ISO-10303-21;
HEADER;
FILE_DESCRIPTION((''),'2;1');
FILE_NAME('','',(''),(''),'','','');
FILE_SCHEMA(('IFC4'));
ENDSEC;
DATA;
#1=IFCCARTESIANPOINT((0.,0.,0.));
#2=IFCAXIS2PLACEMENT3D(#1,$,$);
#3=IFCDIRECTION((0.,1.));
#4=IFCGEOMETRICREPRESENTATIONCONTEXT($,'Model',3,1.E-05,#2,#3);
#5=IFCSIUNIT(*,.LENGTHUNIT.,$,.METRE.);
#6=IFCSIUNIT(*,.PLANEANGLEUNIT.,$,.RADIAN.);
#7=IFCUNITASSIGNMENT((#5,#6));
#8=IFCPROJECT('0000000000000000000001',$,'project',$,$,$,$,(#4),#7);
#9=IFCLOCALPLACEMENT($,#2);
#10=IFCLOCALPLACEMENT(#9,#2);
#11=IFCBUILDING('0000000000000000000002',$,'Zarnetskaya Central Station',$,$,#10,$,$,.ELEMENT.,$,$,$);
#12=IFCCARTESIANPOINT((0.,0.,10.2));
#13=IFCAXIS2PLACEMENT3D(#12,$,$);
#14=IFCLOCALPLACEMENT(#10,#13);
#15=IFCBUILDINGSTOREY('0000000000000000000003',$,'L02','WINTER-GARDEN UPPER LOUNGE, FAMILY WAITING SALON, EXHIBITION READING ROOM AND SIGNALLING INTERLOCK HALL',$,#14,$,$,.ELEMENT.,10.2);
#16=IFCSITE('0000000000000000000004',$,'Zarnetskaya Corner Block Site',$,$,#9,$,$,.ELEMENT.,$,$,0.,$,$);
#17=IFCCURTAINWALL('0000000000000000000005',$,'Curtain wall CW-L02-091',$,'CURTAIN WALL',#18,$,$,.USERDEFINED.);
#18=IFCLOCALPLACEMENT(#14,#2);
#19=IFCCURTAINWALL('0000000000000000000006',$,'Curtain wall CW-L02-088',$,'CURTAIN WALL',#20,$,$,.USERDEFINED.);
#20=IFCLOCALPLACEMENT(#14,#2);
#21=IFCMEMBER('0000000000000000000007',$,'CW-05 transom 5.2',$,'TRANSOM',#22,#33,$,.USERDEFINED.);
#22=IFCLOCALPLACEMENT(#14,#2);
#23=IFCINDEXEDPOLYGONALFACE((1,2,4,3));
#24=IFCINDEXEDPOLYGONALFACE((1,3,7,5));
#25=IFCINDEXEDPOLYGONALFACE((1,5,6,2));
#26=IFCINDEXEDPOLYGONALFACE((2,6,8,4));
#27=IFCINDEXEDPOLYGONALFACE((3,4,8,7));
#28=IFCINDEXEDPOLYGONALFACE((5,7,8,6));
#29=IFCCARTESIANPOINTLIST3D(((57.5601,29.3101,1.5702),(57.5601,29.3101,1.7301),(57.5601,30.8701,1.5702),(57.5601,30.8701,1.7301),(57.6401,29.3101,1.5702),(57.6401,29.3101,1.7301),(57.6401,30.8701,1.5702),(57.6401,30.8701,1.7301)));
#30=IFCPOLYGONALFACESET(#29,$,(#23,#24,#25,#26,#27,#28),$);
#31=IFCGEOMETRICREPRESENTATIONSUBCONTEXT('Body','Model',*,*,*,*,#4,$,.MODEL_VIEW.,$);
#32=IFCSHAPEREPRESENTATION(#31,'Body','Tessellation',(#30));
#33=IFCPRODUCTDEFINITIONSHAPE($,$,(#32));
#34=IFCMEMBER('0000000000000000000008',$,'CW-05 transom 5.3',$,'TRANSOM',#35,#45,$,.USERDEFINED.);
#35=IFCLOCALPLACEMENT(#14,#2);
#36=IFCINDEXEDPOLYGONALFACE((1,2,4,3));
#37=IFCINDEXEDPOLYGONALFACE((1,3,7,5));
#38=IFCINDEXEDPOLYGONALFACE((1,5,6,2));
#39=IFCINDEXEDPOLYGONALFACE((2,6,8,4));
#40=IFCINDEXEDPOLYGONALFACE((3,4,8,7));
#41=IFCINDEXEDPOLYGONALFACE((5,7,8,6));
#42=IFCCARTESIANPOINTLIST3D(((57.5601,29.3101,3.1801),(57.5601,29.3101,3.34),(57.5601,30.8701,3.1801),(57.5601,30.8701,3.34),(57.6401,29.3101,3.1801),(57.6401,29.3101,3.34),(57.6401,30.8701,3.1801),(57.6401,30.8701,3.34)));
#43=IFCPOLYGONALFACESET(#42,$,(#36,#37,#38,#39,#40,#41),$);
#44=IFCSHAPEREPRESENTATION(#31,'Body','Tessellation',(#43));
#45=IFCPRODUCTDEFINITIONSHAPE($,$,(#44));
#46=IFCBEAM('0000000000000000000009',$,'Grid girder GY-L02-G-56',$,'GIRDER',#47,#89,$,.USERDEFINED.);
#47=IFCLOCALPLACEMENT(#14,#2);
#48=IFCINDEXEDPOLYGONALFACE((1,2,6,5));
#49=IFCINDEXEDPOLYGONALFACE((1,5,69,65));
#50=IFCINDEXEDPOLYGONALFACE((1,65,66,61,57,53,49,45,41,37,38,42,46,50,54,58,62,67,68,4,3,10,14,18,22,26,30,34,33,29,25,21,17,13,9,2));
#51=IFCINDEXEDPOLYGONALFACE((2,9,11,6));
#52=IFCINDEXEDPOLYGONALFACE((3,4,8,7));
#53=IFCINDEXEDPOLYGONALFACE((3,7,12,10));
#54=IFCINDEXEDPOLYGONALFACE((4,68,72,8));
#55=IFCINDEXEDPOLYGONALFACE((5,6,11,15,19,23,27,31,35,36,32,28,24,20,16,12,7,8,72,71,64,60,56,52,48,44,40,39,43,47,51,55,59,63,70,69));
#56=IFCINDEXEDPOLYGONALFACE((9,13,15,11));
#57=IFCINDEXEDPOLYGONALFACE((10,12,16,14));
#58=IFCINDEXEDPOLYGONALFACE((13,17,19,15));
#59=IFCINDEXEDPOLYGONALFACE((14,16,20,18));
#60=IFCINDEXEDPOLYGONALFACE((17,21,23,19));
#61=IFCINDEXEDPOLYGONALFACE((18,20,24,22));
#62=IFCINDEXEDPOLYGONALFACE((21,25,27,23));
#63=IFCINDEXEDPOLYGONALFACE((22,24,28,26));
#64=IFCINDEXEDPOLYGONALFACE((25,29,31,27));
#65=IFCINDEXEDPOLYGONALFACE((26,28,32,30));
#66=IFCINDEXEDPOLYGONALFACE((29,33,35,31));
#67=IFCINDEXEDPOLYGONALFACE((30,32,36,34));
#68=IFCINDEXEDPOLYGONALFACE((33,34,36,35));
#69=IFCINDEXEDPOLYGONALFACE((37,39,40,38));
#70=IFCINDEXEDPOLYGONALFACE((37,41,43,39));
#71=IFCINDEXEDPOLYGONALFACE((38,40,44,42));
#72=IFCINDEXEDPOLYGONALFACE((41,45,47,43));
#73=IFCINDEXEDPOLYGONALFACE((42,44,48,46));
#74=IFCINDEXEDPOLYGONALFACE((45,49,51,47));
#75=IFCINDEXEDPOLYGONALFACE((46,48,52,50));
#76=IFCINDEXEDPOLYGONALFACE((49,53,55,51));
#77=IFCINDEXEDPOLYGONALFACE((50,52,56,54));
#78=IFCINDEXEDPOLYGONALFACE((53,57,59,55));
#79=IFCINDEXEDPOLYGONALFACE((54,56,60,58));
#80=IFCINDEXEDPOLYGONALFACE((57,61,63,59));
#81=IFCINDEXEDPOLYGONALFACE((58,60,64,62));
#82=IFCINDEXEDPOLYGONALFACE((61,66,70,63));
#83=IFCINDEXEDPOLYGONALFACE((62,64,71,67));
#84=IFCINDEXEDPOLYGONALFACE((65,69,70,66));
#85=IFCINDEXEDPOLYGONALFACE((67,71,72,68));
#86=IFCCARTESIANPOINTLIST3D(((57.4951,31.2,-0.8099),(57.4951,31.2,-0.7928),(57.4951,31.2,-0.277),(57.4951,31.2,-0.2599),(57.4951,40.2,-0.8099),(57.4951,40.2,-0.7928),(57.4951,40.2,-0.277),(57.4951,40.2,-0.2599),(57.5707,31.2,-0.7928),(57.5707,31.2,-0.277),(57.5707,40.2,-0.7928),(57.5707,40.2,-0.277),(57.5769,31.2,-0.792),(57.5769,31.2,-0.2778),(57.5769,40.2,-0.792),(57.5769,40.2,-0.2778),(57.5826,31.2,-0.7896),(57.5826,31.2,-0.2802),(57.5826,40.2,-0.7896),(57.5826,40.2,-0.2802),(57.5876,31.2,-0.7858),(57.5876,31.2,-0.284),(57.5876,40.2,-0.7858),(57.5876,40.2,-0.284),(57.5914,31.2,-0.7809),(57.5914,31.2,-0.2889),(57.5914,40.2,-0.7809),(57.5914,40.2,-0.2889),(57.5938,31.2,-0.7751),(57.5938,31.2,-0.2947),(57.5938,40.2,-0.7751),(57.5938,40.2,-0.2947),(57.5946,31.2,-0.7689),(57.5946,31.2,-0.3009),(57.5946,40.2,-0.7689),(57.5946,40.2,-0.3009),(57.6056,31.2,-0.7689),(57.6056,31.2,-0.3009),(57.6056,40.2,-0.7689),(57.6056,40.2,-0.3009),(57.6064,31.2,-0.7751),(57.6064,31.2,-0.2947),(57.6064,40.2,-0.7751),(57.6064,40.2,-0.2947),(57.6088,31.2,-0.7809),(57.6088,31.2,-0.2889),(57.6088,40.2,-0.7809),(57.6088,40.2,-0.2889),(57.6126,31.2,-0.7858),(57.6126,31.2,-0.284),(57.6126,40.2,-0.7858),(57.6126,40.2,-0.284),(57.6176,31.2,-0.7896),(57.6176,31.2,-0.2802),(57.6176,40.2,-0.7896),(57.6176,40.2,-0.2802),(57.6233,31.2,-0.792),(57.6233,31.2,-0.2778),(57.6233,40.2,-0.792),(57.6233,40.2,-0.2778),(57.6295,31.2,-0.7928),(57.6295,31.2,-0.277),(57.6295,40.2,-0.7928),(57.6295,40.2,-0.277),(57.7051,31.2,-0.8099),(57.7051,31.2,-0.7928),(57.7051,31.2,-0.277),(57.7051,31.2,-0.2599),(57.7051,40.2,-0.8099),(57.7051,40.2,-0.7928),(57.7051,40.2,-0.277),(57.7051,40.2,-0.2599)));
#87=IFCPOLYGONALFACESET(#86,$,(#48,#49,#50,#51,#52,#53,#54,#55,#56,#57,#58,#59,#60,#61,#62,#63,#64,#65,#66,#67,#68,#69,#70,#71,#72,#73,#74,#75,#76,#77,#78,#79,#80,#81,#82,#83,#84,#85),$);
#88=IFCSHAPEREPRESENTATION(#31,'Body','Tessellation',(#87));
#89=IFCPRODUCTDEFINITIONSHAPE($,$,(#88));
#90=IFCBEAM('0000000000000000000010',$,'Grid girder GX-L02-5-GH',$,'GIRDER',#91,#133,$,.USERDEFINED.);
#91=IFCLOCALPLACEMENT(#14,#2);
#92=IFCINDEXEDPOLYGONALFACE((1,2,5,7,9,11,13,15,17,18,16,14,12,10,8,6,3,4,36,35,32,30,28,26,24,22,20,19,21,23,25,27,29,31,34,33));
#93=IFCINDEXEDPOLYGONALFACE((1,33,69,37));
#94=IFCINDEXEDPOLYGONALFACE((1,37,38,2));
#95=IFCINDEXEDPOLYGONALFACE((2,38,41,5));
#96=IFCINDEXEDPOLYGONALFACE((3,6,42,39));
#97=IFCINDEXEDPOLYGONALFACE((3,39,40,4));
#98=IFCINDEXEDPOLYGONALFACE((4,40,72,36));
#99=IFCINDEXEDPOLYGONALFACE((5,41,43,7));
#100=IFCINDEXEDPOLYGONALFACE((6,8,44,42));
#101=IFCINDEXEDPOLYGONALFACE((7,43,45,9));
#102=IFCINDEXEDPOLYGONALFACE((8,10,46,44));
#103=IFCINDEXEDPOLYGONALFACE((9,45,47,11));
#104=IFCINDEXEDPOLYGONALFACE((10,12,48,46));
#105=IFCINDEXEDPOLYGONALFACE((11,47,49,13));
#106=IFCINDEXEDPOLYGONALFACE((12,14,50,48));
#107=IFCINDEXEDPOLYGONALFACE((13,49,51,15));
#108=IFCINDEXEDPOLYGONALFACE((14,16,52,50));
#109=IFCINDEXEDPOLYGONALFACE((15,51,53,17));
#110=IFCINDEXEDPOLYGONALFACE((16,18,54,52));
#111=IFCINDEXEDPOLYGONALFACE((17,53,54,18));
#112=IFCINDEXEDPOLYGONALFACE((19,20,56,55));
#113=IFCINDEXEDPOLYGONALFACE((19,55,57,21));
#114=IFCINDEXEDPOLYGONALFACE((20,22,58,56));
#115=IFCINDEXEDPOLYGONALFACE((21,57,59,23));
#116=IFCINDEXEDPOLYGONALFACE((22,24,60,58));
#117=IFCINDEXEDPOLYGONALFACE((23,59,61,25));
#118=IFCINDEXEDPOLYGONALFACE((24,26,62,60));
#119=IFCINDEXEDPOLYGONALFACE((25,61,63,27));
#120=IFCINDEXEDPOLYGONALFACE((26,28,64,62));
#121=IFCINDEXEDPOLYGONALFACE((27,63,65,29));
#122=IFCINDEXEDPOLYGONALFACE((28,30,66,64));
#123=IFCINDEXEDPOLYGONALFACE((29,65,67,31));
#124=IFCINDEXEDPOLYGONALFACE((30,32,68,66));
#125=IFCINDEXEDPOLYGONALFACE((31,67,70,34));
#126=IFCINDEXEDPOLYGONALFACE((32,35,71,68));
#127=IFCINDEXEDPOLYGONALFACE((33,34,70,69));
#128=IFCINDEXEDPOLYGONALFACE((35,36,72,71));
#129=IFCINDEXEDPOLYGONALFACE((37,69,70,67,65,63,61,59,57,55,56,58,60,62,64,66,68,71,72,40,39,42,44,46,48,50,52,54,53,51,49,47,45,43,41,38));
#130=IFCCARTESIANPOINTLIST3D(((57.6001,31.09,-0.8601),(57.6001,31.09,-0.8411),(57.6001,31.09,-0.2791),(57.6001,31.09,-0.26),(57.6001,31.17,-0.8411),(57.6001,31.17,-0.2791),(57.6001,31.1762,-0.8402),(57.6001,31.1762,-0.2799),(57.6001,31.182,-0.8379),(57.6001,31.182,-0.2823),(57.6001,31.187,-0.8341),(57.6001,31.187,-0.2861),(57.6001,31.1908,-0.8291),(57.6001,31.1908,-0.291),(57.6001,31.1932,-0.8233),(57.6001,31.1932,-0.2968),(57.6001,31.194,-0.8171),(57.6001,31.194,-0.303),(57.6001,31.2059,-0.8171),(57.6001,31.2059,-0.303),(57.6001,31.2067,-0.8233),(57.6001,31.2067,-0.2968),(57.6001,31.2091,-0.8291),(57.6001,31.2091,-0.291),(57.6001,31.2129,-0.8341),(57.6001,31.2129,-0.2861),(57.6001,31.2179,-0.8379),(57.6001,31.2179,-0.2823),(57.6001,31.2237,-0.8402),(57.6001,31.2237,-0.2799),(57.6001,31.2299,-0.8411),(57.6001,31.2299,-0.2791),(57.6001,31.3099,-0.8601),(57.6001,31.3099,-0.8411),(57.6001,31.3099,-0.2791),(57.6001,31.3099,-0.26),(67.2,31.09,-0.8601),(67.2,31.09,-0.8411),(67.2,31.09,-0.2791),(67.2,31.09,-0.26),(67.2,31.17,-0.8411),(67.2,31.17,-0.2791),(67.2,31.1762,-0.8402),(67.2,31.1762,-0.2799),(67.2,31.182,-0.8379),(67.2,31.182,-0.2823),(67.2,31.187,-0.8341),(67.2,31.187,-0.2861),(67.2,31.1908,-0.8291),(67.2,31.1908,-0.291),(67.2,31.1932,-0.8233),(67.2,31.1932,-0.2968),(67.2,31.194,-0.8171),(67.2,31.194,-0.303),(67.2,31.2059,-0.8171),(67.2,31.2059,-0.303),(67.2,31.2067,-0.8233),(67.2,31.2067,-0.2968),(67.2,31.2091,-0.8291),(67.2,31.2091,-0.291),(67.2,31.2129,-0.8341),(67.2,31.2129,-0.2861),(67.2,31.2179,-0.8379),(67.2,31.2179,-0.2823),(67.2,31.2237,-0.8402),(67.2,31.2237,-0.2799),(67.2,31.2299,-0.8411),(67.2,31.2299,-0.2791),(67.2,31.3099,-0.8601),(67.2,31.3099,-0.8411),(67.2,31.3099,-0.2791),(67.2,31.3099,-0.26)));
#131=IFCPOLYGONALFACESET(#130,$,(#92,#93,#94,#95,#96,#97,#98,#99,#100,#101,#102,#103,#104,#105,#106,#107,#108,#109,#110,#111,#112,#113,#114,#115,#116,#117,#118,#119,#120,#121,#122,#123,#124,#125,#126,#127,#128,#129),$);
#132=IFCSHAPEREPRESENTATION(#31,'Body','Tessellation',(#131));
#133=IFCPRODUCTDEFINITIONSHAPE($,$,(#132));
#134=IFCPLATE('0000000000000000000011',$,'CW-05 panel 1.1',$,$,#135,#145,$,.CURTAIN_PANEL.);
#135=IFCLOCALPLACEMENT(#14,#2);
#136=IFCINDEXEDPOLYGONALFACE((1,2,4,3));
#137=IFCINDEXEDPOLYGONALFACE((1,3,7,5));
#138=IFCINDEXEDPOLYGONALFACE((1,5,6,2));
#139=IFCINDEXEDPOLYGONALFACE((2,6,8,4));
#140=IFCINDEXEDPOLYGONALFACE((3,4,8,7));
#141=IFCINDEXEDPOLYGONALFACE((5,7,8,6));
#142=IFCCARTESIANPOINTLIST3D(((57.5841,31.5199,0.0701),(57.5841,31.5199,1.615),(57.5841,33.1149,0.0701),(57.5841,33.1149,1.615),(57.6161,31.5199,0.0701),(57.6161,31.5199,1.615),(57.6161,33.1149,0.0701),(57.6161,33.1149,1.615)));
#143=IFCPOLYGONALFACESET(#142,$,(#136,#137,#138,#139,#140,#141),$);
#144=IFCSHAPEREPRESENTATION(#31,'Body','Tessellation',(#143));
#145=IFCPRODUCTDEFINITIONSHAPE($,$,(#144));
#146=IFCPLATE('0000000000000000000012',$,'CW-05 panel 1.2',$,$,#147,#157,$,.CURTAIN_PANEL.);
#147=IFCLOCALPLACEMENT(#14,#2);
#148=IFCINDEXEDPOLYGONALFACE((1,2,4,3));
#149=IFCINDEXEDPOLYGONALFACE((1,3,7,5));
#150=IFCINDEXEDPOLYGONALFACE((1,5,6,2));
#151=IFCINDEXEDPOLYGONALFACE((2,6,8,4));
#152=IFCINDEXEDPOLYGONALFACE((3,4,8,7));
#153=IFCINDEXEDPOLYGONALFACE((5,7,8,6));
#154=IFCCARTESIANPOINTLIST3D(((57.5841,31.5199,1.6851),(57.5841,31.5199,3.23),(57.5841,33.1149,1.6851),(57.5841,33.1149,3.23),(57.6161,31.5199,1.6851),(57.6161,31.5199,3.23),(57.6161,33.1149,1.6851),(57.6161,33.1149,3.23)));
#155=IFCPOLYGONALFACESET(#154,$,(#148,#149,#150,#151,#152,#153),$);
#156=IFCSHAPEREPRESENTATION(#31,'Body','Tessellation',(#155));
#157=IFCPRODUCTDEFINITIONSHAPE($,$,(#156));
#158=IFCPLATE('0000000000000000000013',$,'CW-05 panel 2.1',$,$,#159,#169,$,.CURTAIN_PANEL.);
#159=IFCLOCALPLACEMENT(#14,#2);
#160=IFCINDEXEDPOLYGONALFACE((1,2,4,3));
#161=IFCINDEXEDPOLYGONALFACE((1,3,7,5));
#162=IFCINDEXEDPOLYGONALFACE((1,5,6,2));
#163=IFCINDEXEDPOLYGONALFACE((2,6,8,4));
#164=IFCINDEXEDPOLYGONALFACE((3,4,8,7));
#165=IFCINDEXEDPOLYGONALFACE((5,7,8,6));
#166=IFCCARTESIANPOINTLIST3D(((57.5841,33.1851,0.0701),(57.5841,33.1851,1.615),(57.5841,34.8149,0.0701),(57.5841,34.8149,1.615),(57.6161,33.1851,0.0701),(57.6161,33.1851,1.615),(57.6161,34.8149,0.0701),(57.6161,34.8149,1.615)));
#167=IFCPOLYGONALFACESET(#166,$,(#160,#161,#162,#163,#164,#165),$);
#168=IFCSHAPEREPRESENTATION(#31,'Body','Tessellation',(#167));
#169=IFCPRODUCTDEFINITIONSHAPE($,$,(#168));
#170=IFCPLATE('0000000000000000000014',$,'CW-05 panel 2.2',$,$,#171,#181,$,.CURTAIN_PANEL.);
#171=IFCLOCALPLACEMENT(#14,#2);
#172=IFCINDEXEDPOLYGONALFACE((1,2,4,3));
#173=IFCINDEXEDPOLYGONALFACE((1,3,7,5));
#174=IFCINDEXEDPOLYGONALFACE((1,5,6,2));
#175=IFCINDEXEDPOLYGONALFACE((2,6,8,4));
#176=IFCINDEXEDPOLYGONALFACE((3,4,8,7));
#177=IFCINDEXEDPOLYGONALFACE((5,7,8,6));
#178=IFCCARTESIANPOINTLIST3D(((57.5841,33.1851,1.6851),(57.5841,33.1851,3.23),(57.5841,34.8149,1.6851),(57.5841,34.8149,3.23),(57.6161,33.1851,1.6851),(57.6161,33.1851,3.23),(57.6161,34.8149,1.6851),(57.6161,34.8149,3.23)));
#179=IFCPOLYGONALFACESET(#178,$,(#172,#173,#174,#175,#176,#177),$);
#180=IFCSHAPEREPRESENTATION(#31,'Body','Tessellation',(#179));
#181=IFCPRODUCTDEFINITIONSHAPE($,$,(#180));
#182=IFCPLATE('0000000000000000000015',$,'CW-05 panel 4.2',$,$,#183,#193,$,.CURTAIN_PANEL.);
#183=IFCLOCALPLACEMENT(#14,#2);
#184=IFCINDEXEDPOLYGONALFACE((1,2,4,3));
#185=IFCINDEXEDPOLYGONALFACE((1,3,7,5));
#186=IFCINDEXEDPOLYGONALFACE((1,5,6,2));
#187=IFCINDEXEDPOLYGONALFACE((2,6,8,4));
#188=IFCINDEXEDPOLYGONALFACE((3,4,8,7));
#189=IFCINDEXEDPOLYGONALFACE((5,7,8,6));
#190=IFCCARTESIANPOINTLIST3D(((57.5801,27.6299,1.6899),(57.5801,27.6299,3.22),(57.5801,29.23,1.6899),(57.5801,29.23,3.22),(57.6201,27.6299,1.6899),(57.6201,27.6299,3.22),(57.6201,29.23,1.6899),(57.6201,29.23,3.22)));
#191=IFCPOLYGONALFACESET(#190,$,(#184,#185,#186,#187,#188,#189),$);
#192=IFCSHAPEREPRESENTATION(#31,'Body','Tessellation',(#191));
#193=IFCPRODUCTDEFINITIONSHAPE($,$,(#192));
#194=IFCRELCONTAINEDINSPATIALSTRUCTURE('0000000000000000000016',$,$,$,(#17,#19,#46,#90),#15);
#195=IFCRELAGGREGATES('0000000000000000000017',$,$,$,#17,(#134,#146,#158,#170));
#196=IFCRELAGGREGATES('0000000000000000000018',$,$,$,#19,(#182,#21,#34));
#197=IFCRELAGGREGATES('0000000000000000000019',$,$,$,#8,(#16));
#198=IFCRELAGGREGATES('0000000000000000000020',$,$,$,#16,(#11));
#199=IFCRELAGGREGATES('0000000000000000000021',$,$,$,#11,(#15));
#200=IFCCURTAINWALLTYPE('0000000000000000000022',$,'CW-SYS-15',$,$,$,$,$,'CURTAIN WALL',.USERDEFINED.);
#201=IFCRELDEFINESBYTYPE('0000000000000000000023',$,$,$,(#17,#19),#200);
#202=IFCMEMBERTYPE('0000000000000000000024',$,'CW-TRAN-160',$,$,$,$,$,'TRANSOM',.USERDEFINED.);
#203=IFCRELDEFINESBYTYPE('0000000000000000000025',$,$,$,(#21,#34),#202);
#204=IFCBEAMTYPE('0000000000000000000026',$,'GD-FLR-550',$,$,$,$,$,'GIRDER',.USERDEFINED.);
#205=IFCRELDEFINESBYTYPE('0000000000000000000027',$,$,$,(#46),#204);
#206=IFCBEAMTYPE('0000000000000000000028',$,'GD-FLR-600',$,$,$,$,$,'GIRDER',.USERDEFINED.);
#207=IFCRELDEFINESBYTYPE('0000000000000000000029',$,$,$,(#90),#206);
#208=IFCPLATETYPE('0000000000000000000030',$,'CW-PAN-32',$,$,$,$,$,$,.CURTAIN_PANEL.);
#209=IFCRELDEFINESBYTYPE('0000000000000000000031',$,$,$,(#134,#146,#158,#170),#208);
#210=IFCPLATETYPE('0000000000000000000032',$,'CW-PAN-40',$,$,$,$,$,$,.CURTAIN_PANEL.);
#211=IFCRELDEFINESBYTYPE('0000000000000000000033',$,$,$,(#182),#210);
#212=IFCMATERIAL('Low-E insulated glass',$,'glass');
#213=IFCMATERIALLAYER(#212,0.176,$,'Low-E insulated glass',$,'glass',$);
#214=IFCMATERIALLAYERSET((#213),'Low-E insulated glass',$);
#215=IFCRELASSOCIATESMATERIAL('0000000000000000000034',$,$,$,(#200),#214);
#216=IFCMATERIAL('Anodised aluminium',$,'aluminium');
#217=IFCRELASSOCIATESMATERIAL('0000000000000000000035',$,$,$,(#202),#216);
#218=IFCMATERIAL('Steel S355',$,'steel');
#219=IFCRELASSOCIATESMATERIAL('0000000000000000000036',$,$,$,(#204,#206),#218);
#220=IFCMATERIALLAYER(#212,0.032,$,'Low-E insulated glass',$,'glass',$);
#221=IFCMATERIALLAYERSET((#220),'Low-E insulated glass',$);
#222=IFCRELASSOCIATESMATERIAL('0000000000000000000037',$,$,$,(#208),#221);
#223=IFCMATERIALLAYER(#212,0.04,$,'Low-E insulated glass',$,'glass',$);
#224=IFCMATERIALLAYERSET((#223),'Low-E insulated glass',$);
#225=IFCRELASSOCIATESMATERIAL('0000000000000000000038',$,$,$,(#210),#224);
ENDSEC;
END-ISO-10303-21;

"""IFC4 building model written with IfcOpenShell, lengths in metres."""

from ifc_helpers import new_model, si_unit, direction, frame, origin, origin_2d, place, context, subcontext, project, spatial, rectangle, i_section, extrude, material, layer, layer_set, material_profile, profile_set, type_object, element, aggregate, save


model = new_model("IFC4")

# Units and contexts
model_context = context("Model", 3, precision=1e-05, world=origin(), true_north=direction((0.0, 1.0)))
body_context = subcontext(model_context, "Body", "Model", "MODEL_VIEW")
ifc_project = project(units=[si_unit("LENGTHUNIT", "METRE"), si_unit("PLANEANGLEUNIT", "RADIAN")], contexts=[model_context])

# Site, building, storey
site_placement = place(None, origin())
site = spatial("IfcSite", under=ifc_project, at=site_placement, Name="Zarnetskaya Corner Block Site", CompositionType="ELEMENT", RefElevation=0.0)
building_placement = place(site_placement, origin())
building = spatial("IfcBuilding", under=site, at=building_placement, Name="Zarnetskaya Central Station", CompositionType="ELEMENT")
storey_placement = place(building_placement, frame((0.0, 0.0, 10.2)))
storey = spatial("IfcBuildingStorey", under=building, at=storey_placement, Name="L02", Description="WINTER-GARDEN UPPER LOUNGE, FAMILY WAITING SALON, EXHIBITION READING ROOM AND SIGNALLING INTERLOCK HALL", CompositionType="ELEMENT", Elevation=10.2)

# Curtain walls
ifc_material_1 = material(Name="Low-E insulated glass", Category="glass")
ifc_layer_1 = layer(ifc_material_1, 0.176, Name="Low-E insulated glass", Category="glass")
ifc_layer_set_1 = layer_set([ifc_layer_1], Name="Low-E insulated glass")
curtain_wall_type = type_object("IfcCurtainWallType", Name="CW-SYS-15", ElementType="CURTAIN WALL", PredefinedType="USERDEFINED", material=ifc_layer_set_1)
curtain_wall_1_placement = place(storey_placement, origin())
curtain_wall_1 = element("IfcCurtainWall", 1, at=curtain_wall_1_placement, inside=storey, type_object=curtain_wall_type, Name="Curtain wall CW-L02-091", ObjectType="CURTAIN WALL", PredefinedType="USERDEFINED")
ifc_material_2 = material(Name="Anodised aluminium", Category="aluminium")
curtain_wall_2_placement = place(storey_placement, origin())
curtain_wall_2 = element("IfcCurtainWall", 2, at=curtain_wall_2_placement, inside=storey, type_object=curtain_wall_type, Name="Curtain wall CW-L02-088", ObjectType="CURTAIN WALL", PredefinedType="USERDEFINED")

# Members
ifc_material_profile_1 = material_profile(ifc_material_2, rectangle(XDim=0.0801, YDim=0.1599, at=origin_2d()), Name="ALU TRAN 80x160")
ifc_profile_set_1 = profile_set([ifc_material_profile_1], Name="Anodised aluminium")
member_type_1 = type_object("IfcMemberType", Name="CW-TRAN-160", ElementType="TRANSOM", PredefinedType="USERDEFINED", material=ifc_profile_set_1)
member_1_placement = place(storey_placement, frame((57.6001, 29.3101, 1.6501), z_axis=(0.0, 1.0, 0.0), x_axis=(-1.0, 0.0, 0.0)))
member_1 = element("IfcMember", 3, at=member_1_placement, type_object=member_type_1, Name="CW-05 transom 5.2", ObjectType="TRANSOM", PredefinedType="USERDEFINED", context=body_context, shape_type="SweptSolid", body=[
    extrude(rectangle(XDim=0.0801, YDim=0.1599, at=origin_2d()), origin(), (0.0, 0.0, 1.0), 1.5601),
])
member_2_placement = place(storey_placement, frame((57.6001, 29.3101, 3.26), z_axis=(0.0, 1.0, 0.0), x_axis=(-1.0, 0.0, 0.0)))
member_2 = element("IfcMember", 4, at=member_2_placement, type_object=member_type_1, Name="CW-05 transom 5.3", ObjectType="TRANSOM", PredefinedType="USERDEFINED", context=body_context, shape_type="SweptSolid", body=[
    extrude(rectangle(XDim=0.0801, YDim=0.1599, at=origin_2d()), origin(), (0.0, 0.0, 1.0), 1.5601),
])

# Beams
ifc_material_3 = material(Name="Steel S355", Category="steel")
ifc_material_profile_2 = material_profile(ifc_material_3, i_section(OverallWidth=0.21, OverallDepth=0.55, WebThickness=0.011, FlangeThickness=0.0171, FilletRadius=0.0239, at=origin_2d()), Name="IPE 550")
ifc_profile_set_2 = profile_set([ifc_material_profile_2], Name="Steel S355")
beam_type_1 = type_object("IfcBeamType", Name="GD-FLR-550", ElementType="GIRDER", PredefinedType="USERDEFINED", material=ifc_profile_set_2)
beam_1_placement = place(storey_placement, frame((57.6001, 31.2, -0.5349), z_axis=(0.0, 1.0, 0.0), x_axis=(-1.0, 0.0, 0.0)))
element("IfcBeam", 5, at=beam_1_placement, inside=storey, type_object=beam_type_1, Name="Grid girder GY-L02-G-56", ObjectType="GIRDER", PredefinedType="USERDEFINED", context=body_context, shape_type="SweptSolid", body=[
    extrude(i_section(OverallWidth=0.21, OverallDepth=0.55, WebThickness=0.011, FlangeThickness=0.0171, FilletRadius=0.0239, at=origin_2d()), origin(), (0.0, 0.0, 1.0), 9.0),
])
ifc_material_profile_3 = material_profile(ifc_material_3, i_section(OverallWidth=0.22, OverallDepth=0.6001, WebThickness=0.012, FlangeThickness=0.019, FilletRadius=0.0239, at=origin_2d()), Name="IPE 600")
ifc_profile_set_3 = profile_set([ifc_material_profile_3], Name="Steel S355")
beam_type_2 = type_object("IfcBeamType", Name="GD-FLR-600", ElementType="GIRDER", PredefinedType="USERDEFINED", material=ifc_profile_set_3)
beam_2_placement = place(storey_placement, frame((57.6001, 31.2, -0.5601), z_axis=(1.0, 0.0, 0.0), x_axis=(0.0, 1.0, 0.0)))
element("IfcBeam", 6, at=beam_2_placement, inside=storey, type_object=beam_type_2, Name="Grid girder GX-L02-5-GH", ObjectType="GIRDER", PredefinedType="USERDEFINED", context=body_context, shape_type="SweptSolid", body=[
    extrude(i_section(OverallWidth=0.22, OverallDepth=0.6001, WebThickness=0.012, FlangeThickness=0.019, FilletRadius=0.0239, at=origin_2d()), origin(), (0.0, 0.0, 1.0), 9.5999),
])

# Plates
ifc_layer_2 = layer(ifc_material_1, 0.032, Name="Low-E insulated glass", Category="glass")
ifc_layer_set_2 = layer_set([ifc_layer_2], Name="Low-E insulated glass")
plate_type_1 = type_object("IfcPlateType", Name="CW-PAN-32", PredefinedType="CURTAIN_PANEL", material=ifc_layer_set_2)
plate_1_placement = place(storey_placement, frame((57.6001, 32.3174, 0.0701), z_axis=(0.0, 0.0, 1.0), x_axis=(0.0, 1.0, 0.0)))
plate_1 = element("IfcPlate", 7, at=plate_1_placement, type_object=plate_type_1, Name="CW-05 panel 1.1", PredefinedType="CURTAIN_PANEL", context=body_context, shape_type="SweptSolid", body=[
    extrude(rectangle(XDim=1.595, YDim=0.032, at=origin_2d()), origin(), (0.0, 0.0, 1.0), 1.5449),
])
plate_2_placement = place(storey_placement, frame((57.6001, 32.3174, 1.6851), z_axis=(0.0, 0.0, 1.0), x_axis=(0.0, 1.0, 0.0)))
plate_2 = element("IfcPlate", 8, at=plate_2_placement, type_object=plate_type_1, Name="CW-05 panel 1.2", PredefinedType="CURTAIN_PANEL", context=body_context, shape_type="SweptSolid", body=[
    extrude(rectangle(XDim=1.595, YDim=0.032, at=origin_2d()), origin(), (0.0, 0.0, 1.0), 1.5449),
])
plate_3_placement = place(storey_placement, frame((57.6001, 34.0, 0.0701), z_axis=(0.0, 0.0, 1.0), x_axis=(0.0, 1.0, 0.0)))
plate_3 = element("IfcPlate", 9, at=plate_3_placement, type_object=plate_type_1, Name="CW-05 panel 2.1", PredefinedType="CURTAIN_PANEL", context=body_context, shape_type="SweptSolid", body=[
    extrude(rectangle(XDim=1.6299, YDim=0.032, at=origin_2d()), origin(), (0.0, 0.0, 1.0), 1.5449),
])
plate_4_placement = place(storey_placement, frame((57.6001, 34.0, 1.6851), z_axis=(0.0, 0.0, 1.0), x_axis=(0.0, 1.0, 0.0)))
plate_4 = element("IfcPlate", 10, at=plate_4_placement, type_object=plate_type_1, Name="CW-05 panel 2.2", PredefinedType="CURTAIN_PANEL", context=body_context, shape_type="SweptSolid", body=[
    extrude(rectangle(XDim=1.6299, YDim=0.032, at=origin_2d()), origin(), (0.0, 0.0, 1.0), 1.5449),
])
aggregate(curtain_wall_1, [plate_1, plate_2, plate_3, plate_4])
ifc_layer_3 = layer(ifc_material_1, 0.04, Name="Low-E insulated glass", Category="glass")
ifc_layer_set_3 = layer_set([ifc_layer_3], Name="Low-E insulated glass")
plate_type_2 = type_object("IfcPlateType", Name="CW-PAN-40", PredefinedType="CURTAIN_PANEL", material=ifc_layer_set_3)
plate_5_placement = place(storey_placement, frame((57.6001, 28.4299, 1.6899), z_axis=(0.0, 0.0, 1.0), x_axis=(0.0, 1.0, 0.0)))
plate_5 = element("IfcPlate", 11, at=plate_5_placement, type_object=plate_type_2, Name="CW-05 panel 4.2", PredefinedType="CURTAIN_PANEL", context=body_context, shape_type="SweptSolid", body=[
    extrude(rectangle(XDim=1.6001, YDim=0.04, at=origin_2d()), origin(), (0.0, 0.0, 1.0), 1.53),
])
aggregate(curtain_wall_2, [plate_5, member_1, member_2])

save(model, "model.ifc")
